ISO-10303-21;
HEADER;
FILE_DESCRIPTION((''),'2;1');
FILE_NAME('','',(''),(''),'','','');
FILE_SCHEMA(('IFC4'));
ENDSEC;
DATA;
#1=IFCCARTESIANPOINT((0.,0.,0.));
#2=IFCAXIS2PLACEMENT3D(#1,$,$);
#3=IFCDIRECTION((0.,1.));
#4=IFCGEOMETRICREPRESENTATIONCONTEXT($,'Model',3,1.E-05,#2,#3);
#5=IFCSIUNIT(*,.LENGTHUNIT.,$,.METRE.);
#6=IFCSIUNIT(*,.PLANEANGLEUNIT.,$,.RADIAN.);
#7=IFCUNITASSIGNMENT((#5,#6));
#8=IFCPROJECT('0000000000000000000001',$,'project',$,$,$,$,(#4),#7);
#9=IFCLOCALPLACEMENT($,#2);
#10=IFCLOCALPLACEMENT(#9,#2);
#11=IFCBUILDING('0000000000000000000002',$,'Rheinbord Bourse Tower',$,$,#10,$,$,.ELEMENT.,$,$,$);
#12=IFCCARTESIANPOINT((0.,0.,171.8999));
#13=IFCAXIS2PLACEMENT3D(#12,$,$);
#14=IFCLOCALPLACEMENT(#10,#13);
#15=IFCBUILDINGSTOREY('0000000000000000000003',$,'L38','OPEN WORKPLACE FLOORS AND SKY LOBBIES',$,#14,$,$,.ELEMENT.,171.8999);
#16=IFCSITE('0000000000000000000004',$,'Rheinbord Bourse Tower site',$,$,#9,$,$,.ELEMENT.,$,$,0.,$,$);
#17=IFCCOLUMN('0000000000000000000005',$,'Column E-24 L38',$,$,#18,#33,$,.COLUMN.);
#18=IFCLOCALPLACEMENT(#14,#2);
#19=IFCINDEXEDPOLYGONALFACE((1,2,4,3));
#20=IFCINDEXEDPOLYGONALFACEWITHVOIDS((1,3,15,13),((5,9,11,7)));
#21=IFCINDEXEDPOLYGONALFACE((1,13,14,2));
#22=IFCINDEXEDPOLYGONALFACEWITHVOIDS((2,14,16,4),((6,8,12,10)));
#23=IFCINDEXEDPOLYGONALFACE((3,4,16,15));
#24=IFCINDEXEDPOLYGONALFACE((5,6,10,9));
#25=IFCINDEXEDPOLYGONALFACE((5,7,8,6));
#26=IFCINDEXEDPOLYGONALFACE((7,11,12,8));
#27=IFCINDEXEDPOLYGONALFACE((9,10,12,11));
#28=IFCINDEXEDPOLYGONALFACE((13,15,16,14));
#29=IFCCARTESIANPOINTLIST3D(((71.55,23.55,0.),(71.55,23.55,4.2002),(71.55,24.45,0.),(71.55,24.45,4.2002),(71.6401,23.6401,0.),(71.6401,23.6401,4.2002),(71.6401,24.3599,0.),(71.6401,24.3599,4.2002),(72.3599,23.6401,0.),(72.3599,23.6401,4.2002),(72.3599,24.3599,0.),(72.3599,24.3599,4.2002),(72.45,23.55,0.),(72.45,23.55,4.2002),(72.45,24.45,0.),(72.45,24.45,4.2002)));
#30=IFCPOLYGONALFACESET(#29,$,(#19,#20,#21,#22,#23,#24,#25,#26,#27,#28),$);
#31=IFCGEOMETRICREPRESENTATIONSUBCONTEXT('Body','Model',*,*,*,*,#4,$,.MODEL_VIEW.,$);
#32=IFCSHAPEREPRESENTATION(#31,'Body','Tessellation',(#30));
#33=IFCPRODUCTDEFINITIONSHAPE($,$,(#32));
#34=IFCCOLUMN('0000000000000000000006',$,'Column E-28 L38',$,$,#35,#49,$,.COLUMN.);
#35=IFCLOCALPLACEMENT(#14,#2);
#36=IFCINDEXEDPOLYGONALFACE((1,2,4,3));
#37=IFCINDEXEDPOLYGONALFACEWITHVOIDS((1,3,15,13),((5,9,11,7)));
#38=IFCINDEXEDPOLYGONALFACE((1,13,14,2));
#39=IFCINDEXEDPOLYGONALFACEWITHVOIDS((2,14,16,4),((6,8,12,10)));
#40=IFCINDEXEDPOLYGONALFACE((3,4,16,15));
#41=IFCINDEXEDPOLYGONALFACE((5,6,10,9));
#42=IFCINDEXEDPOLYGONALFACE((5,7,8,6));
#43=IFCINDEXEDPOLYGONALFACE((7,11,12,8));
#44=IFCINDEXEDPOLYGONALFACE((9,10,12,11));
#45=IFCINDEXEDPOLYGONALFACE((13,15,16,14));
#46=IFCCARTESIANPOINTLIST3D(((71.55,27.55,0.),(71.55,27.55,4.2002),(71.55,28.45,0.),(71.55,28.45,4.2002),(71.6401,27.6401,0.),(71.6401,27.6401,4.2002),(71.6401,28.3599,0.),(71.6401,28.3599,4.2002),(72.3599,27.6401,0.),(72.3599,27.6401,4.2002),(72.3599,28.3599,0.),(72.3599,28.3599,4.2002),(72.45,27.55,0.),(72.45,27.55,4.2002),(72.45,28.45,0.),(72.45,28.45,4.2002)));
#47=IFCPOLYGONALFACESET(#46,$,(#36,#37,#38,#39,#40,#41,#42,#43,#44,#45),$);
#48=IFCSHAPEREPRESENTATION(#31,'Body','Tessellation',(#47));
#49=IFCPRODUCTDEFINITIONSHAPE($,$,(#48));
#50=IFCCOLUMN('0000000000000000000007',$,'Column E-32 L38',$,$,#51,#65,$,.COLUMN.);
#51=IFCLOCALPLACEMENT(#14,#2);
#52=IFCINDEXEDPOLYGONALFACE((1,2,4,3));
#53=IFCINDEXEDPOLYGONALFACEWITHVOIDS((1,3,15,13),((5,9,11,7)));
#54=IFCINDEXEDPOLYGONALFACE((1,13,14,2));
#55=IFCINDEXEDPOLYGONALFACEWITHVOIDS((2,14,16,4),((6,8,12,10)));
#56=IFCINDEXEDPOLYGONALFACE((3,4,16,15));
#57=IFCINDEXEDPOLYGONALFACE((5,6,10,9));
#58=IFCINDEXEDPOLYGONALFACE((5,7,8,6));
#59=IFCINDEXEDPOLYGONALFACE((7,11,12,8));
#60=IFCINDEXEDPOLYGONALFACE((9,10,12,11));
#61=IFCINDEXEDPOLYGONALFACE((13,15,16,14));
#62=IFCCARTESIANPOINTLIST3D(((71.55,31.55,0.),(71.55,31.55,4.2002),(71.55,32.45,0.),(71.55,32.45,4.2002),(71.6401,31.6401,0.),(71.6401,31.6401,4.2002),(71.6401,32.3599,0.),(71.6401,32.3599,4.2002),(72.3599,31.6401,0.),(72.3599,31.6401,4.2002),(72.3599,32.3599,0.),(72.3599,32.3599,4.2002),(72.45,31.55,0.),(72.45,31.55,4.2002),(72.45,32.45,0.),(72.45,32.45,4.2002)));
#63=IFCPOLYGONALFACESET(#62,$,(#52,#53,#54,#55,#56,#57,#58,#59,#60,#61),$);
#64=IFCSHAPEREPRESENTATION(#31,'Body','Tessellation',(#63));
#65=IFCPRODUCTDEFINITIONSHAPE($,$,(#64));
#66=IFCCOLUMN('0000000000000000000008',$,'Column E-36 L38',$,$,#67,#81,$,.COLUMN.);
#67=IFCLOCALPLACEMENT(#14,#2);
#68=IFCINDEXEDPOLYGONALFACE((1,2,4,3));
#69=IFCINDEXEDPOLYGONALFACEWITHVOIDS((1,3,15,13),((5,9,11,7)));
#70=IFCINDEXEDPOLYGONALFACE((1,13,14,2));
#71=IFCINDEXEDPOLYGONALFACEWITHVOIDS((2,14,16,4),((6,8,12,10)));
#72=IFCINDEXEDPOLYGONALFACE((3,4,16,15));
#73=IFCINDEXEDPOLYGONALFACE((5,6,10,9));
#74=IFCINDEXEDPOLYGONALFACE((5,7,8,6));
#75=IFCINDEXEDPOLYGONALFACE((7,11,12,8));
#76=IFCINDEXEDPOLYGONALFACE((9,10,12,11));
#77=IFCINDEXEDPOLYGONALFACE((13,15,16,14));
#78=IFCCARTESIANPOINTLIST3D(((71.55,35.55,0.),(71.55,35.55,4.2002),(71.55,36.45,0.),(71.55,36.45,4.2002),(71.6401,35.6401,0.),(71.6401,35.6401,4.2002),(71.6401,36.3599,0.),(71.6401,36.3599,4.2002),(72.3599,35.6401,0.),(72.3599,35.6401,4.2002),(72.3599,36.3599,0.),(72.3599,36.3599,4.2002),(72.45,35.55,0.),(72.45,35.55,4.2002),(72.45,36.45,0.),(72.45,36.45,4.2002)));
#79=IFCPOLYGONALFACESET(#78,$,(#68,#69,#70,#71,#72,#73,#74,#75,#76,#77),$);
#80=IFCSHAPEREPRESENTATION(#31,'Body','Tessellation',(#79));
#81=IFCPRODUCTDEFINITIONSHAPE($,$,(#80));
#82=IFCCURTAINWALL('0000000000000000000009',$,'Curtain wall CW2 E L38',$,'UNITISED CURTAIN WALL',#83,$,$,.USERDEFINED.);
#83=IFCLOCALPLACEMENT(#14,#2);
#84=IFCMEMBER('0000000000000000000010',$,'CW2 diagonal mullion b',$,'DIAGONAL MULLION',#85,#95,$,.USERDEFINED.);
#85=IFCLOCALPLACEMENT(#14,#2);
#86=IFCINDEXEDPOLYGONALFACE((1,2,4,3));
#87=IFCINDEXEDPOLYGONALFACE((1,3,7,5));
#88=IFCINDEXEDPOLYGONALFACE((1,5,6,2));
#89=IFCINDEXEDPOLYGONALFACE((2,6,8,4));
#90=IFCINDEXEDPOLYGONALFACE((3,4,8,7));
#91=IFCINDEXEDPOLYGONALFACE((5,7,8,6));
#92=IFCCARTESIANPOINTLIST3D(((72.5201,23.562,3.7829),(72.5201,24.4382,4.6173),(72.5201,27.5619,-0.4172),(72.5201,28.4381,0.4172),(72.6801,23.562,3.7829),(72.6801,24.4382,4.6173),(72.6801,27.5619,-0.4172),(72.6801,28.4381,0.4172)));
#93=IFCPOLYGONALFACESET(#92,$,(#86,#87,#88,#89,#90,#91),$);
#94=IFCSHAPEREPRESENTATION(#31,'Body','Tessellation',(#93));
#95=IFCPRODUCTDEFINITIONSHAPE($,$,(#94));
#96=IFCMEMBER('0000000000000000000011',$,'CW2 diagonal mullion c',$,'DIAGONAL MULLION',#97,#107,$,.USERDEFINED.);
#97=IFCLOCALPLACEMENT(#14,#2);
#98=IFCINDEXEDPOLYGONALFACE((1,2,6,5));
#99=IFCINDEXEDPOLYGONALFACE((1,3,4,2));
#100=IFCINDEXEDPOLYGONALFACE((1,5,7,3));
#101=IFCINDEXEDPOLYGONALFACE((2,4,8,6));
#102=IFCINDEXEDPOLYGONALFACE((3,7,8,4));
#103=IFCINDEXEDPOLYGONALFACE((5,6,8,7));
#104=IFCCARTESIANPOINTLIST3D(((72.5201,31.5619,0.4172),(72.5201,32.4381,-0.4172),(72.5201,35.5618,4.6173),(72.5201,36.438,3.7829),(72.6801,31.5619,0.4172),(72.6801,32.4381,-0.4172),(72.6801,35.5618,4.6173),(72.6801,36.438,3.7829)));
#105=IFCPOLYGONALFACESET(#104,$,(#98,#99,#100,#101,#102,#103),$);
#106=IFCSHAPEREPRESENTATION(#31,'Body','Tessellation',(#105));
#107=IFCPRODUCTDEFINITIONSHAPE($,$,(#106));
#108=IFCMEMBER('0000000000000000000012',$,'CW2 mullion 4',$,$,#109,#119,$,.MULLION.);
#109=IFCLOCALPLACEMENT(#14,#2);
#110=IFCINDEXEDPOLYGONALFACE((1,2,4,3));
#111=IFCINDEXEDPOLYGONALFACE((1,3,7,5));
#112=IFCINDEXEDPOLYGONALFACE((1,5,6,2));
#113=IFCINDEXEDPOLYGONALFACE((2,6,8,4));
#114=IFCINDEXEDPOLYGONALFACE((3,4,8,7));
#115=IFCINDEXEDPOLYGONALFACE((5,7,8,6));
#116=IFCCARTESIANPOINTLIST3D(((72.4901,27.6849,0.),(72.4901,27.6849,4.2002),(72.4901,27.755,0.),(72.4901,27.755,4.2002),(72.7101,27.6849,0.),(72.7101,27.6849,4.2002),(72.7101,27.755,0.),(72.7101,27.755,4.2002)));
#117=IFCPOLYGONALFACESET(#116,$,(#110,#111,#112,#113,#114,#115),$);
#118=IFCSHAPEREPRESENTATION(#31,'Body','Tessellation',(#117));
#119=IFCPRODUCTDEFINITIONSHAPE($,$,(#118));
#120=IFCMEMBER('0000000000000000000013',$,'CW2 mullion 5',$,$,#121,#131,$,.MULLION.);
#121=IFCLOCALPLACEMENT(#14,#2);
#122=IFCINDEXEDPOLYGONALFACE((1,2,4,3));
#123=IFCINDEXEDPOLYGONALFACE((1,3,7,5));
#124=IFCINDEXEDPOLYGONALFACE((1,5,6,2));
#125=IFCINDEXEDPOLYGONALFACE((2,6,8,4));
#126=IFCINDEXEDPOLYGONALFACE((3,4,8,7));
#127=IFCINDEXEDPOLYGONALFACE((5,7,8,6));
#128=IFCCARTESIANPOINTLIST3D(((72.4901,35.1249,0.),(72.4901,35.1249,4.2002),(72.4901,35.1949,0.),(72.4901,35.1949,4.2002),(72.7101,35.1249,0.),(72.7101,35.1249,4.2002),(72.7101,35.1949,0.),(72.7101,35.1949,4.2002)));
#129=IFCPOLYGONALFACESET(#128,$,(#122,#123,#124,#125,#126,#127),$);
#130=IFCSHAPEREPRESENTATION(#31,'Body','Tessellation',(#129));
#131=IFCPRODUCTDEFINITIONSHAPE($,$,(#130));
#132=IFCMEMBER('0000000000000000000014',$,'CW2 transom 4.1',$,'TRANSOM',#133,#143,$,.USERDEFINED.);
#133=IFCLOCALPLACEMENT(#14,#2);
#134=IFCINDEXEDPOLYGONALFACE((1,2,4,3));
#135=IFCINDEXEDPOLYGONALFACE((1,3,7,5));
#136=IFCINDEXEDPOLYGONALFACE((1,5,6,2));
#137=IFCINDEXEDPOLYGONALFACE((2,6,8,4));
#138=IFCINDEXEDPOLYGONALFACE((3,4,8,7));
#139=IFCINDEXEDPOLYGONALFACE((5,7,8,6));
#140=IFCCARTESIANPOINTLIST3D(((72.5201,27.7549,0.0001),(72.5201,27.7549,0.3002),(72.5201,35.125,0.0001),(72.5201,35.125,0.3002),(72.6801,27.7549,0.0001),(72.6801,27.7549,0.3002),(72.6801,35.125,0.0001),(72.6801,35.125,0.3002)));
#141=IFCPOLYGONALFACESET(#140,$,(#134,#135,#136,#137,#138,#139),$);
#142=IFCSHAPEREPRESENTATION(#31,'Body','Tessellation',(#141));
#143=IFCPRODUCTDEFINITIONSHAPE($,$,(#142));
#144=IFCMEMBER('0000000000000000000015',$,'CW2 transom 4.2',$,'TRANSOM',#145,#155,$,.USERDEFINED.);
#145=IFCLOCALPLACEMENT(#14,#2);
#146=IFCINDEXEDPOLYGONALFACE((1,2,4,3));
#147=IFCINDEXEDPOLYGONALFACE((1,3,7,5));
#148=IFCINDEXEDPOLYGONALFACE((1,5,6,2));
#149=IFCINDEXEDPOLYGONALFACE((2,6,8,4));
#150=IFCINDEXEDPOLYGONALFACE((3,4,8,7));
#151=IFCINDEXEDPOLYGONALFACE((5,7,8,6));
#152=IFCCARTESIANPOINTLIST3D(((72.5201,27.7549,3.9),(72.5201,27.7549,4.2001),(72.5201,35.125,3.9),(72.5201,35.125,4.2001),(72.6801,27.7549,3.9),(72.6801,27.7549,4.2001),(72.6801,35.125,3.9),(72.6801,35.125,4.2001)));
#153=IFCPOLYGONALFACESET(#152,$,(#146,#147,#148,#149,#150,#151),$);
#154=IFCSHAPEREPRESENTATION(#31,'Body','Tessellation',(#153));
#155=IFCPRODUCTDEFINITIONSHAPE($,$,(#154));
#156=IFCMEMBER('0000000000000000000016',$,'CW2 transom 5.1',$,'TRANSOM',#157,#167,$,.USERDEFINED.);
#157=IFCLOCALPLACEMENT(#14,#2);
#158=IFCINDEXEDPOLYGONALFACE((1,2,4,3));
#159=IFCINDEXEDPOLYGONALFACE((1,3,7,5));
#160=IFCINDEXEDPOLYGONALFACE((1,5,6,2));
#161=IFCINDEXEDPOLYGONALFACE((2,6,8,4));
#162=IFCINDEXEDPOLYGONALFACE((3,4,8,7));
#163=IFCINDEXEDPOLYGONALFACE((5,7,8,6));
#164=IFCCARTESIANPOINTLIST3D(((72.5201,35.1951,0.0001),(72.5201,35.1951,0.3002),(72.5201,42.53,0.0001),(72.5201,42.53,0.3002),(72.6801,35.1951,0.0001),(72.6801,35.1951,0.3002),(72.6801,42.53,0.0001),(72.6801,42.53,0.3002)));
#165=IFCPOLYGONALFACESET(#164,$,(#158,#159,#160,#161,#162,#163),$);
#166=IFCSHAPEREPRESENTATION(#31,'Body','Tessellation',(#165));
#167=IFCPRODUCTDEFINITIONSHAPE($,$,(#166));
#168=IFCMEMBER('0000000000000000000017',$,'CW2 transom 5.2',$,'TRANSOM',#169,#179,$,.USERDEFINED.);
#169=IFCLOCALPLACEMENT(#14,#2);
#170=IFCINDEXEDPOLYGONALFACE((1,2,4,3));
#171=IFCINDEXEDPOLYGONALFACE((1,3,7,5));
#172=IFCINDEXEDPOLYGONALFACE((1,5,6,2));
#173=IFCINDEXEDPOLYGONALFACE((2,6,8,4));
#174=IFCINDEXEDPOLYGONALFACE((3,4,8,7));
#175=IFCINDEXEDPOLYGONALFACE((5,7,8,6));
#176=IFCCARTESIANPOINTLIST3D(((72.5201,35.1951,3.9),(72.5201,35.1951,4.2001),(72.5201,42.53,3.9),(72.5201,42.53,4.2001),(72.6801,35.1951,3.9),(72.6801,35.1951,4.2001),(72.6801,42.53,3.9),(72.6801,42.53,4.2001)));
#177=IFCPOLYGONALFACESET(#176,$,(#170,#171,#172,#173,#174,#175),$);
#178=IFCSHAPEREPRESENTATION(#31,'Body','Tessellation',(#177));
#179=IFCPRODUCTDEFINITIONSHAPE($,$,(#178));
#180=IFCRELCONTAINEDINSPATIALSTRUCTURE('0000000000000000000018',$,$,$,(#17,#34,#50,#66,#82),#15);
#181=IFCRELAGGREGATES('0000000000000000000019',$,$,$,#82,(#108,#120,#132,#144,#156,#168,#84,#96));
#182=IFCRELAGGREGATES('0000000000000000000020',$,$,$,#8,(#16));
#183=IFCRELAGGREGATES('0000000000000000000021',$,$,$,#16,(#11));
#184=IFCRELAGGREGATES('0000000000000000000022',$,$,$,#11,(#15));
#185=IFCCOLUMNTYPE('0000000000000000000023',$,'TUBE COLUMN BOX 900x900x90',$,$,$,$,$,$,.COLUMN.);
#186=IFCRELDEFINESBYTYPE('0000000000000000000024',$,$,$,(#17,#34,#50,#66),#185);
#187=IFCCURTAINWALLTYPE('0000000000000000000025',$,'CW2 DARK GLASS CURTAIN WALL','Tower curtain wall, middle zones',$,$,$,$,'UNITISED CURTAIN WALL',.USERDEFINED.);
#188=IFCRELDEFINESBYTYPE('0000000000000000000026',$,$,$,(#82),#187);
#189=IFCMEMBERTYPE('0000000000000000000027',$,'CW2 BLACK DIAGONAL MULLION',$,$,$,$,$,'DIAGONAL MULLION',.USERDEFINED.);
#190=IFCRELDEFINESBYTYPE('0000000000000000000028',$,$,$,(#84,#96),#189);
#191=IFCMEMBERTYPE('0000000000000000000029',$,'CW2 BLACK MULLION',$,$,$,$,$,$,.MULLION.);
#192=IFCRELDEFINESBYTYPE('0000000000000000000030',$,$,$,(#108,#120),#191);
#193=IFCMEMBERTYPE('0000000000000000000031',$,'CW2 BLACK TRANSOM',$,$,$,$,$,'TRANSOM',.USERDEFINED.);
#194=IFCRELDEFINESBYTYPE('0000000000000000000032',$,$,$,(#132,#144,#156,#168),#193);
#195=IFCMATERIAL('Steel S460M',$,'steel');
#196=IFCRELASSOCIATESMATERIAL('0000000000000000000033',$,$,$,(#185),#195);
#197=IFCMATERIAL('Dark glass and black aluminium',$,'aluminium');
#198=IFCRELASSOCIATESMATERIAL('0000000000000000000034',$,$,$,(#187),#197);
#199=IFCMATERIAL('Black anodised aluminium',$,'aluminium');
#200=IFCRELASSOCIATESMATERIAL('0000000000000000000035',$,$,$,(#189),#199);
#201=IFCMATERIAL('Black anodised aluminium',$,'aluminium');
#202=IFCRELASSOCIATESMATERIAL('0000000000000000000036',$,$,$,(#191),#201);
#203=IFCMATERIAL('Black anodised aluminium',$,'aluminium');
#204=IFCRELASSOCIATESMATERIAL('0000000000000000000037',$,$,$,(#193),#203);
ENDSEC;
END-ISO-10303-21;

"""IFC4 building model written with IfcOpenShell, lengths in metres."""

from ifc_helpers import new_model, si_unit, direction, frame, origin, origin_2d, place, context, subcontext, project, spatial, rectangle, hollow_rectangle, extrude, material, material_profile, profile_set, type_object, element, aggregate, save


model = new_model("IFC4")

# Units and contexts
model_context = context("Model", 3, precision=1e-05, world=origin(), true_north=direction((0.0, 1.0)))
body_context = subcontext(model_context, "Body", "Model", "MODEL_VIEW")
ifc_project = project(units=[si_unit("LENGTHUNIT", "METRE"), si_unit("PLANEANGLEUNIT", "RADIAN")], contexts=[model_context])

# Site, building, storey
site_placement = place(None, origin())
site = spatial("IfcSite", under=ifc_project, at=site_placement, Name="Rheinbord Bourse Tower site", CompositionType="ELEMENT", RefElevation=0.0)
building_placement = place(site_placement, origin())
building = spatial("IfcBuilding", under=site, at=building_placement, Name="Rheinbord Bourse Tower", CompositionType="ELEMENT")
storey_placement = place(building_placement, frame((0.0, 0.0, 171.8999)))
storey = spatial("IfcBuildingStorey", under=building, at=storey_placement, Name="L38", Description="OPEN WORKPLACE FLOORS AND SKY LOBBIES", CompositionType="ELEMENT", Elevation=171.8999)

# Columns
ifc_material_1 = material(Name="Steel S460M", Category="steel")
ifc_material_profile_1 = material_profile(ifc_material_1, hollow_rectangle(XDim=0.8999, YDim=0.8999, WallThickness=0.0901, at=origin_2d()), Name="BOX 900x900x90")
ifc_profile_set_1 = profile_set([ifc_material_profile_1], Name="Steel S460M")
column_type = type_object("IfcColumnType", Name="TUBE COLUMN BOX 900x900x90", PredefinedType="COLUMN", material=ifc_profile_set_1)
for number, where, z_axis, x_axis, name in (
    (1, (72.0, 24.0, 0.0), (0.0, 0.0, 1.0), (1.0, 0.0, 0.0), "Column E-24 L38"),
    (2, (72.0, 28.0, 0.0), (0.0, 0.0, 1.0), (1.0, 0.0, 0.0), "Column E-28 L38"),
    (3, (72.0, 32.0, 0.0), (0.0, 0.0, 1.0), (1.0, 0.0, 0.0), "Column E-32 L38"),
    (4, (72.0, 36.0, 0.0), (0.0, 0.0, 1.0), (1.0, 0.0, 0.0), "Column E-36 L38"),
):
    element("IfcColumn", number, at=place(storey_placement, frame(where, z_axis=z_axis, x_axis=x_axis)), inside=storey, type_object=column_type, Name=name, PredefinedType="COLUMN", context=body_context, shape_type="SweptSolid", body=[
        extrude(hollow_rectangle(XDim=0.8999, YDim=0.8999, WallThickness=0.0901, at=origin_2d()), origin(), (0.0, 0.0, 1.0), 4.2002),
    ])

# Curtain wall, members
ifc_material_2 = material(Name="Dark glass and black aluminium", Category="aluminium")
curtain_wall_type = type_object("IfcCurtainWallType", Name="CW2 DARK GLASS CURTAIN WALL", Description="Tower curtain wall, middle zones", ElementType="UNITISED CURTAIN WALL", PredefinedType="USERDEFINED", material=ifc_material_2)
curtain_wall_placement = place(storey_placement, origin())
curtain_wall = element("IfcCurtainWall", 5, at=curtain_wall_placement, inside=storey, type_object=curtain_wall_type, Name="Curtain wall CW2 E L38", ObjectType="UNITISED CURTAIN WALL", PredefinedType="USERDEFINED")
ifc_material_3 = material(Name="Black anodised aluminium", Category="aluminium")
ifc_material_profile_2 = material_profile(ifc_material_3, rectangle(XDim=0.1599, YDim=1.21, at=origin_2d()), Name="CW2 DIAGONAL MULLION 1210x160")
ifc_profile_set_2 = profile_set([ifc_material_profile_2], Name="Black anodised aluminium")
member_type_1 = type_object("IfcMemberType", Name="CW2 BLACK DIAGONAL MULLION", ElementType="DIAGONAL MULLION", PredefinedType="USERDEFINED", material=ifc_profile_set_2)
member_1_placement = place(storey_placement, frame((72.6001, 28.0, 0.0), z_axis=(0.0, -0.689638, 0.724154), x_axis=(1.0, 0.0, 0.0)))
member_1 = element("IfcMember", 6, at=member_1_placement, type_object=member_type_1, Name="CW2 diagonal mullion b", ObjectType="DIAGONAL MULLION", PredefinedType="USERDEFINED", context=body_context, shape_type="SweptSolid", body=[
    extrude(rectangle(XDim=0.1599, YDim=1.21, at=origin_2d()), origin(), (0.0, 0.0, 1.0), 5.8),
])
member_2_placement = place(storey_placement, frame((72.6001, 32.0, 0.0), z_axis=(0.0, 0.689638, 0.724154), x_axis=(-1.0, 0.0, 0.0)))
member_2 = element("IfcMember", 7, at=member_2_placement, type_object=member_type_1, Name="CW2 diagonal mullion c", ObjectType="DIAGONAL MULLION", PredefinedType="USERDEFINED", context=body_context, shape_type="SweptSolid", body=[
    extrude(rectangle(XDim=0.1599, YDim=1.21, at=origin_2d()), origin(), (0.0, 0.0, 1.0), 5.8),
])
ifc_material_4 = material(Name="Black anodised aluminium", Category="aluminium")
ifc_material_profile_3 = material_profile(ifc_material_4, rectangle(XDim=0.22, YDim=0.0701, at=origin_2d()), Name="CW2 MULLION 70x220")
ifc_profile_set_3 = profile_set([ifc_material_profile_3], Name="Black anodised aluminium")
member_type_2 = type_object("IfcMemberType", Name="CW2 BLACK MULLION", PredefinedType="MULLION", material=ifc_profile_set_3)
member_3_placement = place(storey_placement, frame((72.6001, 27.72, 0.0), z_axis=(0.0, 0.0, 1.0), x_axis=(-1.0, 0.0, 0.0)))
member_3 = element("IfcMember", 8, at=member_3_placement, type_object=member_type_2, Name="CW2 mullion 4", PredefinedType="MULLION", context=body_context, shape_type="SweptSolid", body=[
    extrude(rectangle(XDim=0.22, YDim=0.0701, at=origin_2d()), origin(), (0.0, 0.0, 1.0), 4.2002),
])
member_4_placement = place(storey_placement, frame((72.6001, 35.1599, 0.0), z_axis=(0.0, 0.0, 1.0), x_axis=(-1.0, 0.0, 0.0)))
member_4 = element("IfcMember", 9, at=member_4_placement, type_object=member_type_2, Name="CW2 mullion 5", PredefinedType="MULLION", context=body_context, shape_type="SweptSolid", body=[
    extrude(rectangle(XDim=0.22, YDim=0.0701, at=origin_2d()), origin(), (0.0, 0.0, 1.0), 4.2002),
])
ifc_material_5 = material(Name="Black anodised aluminium", Category="aluminium")
ifc_material_profile_4 = material_profile(ifc_material_5, rectangle(XDim=0.1599, YDim=0.3, at=origin_2d()), Name="CW2 TRANSOM 300x160")
ifc_profile_set_4 = profile_set([ifc_material_profile_4], Name="Black anodised aluminium")
member_type_3 = type_object("IfcMemberType", Name="CW2 BLACK TRANSOM", ElementType="TRANSOM", PredefinedType="USERDEFINED", material=ifc_profile_set_4)
member_5_placement = place(storey_placement, frame((72.6001, 27.7549, 0.1501), z_axis=(0.0, 1.0, 0.0), x_axis=(-1.0, 0.0, 0.0)))
member_5 = element("IfcMember", 10, at=member_5_placement, type_object=member_type_3, Name="CW2 transom 4.1", ObjectType="TRANSOM", PredefinedType="USERDEFINED", context=body_context, shape_type="SweptSolid", body=[
    extrude(rectangle(XDim=0.1599, YDim=0.3, at=origin_2d()), origin(), (0.0, 0.0, 1.0), 7.3701),
])
member_6_placement = place(storey_placement, frame((72.6001, 27.7549, 4.05), z_axis=(0.0, 1.0, 0.0), x_axis=(-1.0, 0.0, 0.0)))
member_6 = element("IfcMember", 11, at=member_6_placement, type_object=member_type_3, Name="CW2 transom 4.2", ObjectType="TRANSOM", PredefinedType="USERDEFINED", context=body_context, shape_type="SweptSolid", body=[
    extrude(rectangle(XDim=0.1599, YDim=0.3, at=origin_2d()), origin(), (0.0, 0.0, 1.0), 7.3701),
])
member_7_placement = place(storey_placement, frame((72.6001, 35.1951, 0.1501), z_axis=(0.0, 1.0, 0.0), x_axis=(-1.0, 0.0, 0.0)))
member_7 = element("IfcMember", 12, at=member_7_placement, type_object=member_type_3, Name="CW2 transom 5.1", ObjectType="TRANSOM", PredefinedType="USERDEFINED", context=body_context, shape_type="SweptSolid", body=[
    extrude(rectangle(XDim=0.1599, YDim=0.3, at=origin_2d()), origin(), (0.0, 0.0, 1.0), 7.335),
])
member_8_placement = place(storey_placement, frame((72.6001, 35.1951, 4.05), z_axis=(0.0, 1.0, 0.0), x_axis=(-1.0, 0.0, 0.0)))
member_8 = element("IfcMember", 13, at=member_8_placement, type_object=member_type_3, Name="CW2 transom 5.2", ObjectType="TRANSOM", PredefinedType="USERDEFINED", context=body_context, shape_type="SweptSolid", body=[
    extrude(rectangle(XDim=0.1599, YDim=0.3, at=origin_2d()), origin(), (0.0, 0.0, 1.0), 7.335),
])

aggregate(curtain_wall, [member_3, member_4, member_5, member_6, member_7, member_8, member_1, member_2])

save(model, "model.ifc")
